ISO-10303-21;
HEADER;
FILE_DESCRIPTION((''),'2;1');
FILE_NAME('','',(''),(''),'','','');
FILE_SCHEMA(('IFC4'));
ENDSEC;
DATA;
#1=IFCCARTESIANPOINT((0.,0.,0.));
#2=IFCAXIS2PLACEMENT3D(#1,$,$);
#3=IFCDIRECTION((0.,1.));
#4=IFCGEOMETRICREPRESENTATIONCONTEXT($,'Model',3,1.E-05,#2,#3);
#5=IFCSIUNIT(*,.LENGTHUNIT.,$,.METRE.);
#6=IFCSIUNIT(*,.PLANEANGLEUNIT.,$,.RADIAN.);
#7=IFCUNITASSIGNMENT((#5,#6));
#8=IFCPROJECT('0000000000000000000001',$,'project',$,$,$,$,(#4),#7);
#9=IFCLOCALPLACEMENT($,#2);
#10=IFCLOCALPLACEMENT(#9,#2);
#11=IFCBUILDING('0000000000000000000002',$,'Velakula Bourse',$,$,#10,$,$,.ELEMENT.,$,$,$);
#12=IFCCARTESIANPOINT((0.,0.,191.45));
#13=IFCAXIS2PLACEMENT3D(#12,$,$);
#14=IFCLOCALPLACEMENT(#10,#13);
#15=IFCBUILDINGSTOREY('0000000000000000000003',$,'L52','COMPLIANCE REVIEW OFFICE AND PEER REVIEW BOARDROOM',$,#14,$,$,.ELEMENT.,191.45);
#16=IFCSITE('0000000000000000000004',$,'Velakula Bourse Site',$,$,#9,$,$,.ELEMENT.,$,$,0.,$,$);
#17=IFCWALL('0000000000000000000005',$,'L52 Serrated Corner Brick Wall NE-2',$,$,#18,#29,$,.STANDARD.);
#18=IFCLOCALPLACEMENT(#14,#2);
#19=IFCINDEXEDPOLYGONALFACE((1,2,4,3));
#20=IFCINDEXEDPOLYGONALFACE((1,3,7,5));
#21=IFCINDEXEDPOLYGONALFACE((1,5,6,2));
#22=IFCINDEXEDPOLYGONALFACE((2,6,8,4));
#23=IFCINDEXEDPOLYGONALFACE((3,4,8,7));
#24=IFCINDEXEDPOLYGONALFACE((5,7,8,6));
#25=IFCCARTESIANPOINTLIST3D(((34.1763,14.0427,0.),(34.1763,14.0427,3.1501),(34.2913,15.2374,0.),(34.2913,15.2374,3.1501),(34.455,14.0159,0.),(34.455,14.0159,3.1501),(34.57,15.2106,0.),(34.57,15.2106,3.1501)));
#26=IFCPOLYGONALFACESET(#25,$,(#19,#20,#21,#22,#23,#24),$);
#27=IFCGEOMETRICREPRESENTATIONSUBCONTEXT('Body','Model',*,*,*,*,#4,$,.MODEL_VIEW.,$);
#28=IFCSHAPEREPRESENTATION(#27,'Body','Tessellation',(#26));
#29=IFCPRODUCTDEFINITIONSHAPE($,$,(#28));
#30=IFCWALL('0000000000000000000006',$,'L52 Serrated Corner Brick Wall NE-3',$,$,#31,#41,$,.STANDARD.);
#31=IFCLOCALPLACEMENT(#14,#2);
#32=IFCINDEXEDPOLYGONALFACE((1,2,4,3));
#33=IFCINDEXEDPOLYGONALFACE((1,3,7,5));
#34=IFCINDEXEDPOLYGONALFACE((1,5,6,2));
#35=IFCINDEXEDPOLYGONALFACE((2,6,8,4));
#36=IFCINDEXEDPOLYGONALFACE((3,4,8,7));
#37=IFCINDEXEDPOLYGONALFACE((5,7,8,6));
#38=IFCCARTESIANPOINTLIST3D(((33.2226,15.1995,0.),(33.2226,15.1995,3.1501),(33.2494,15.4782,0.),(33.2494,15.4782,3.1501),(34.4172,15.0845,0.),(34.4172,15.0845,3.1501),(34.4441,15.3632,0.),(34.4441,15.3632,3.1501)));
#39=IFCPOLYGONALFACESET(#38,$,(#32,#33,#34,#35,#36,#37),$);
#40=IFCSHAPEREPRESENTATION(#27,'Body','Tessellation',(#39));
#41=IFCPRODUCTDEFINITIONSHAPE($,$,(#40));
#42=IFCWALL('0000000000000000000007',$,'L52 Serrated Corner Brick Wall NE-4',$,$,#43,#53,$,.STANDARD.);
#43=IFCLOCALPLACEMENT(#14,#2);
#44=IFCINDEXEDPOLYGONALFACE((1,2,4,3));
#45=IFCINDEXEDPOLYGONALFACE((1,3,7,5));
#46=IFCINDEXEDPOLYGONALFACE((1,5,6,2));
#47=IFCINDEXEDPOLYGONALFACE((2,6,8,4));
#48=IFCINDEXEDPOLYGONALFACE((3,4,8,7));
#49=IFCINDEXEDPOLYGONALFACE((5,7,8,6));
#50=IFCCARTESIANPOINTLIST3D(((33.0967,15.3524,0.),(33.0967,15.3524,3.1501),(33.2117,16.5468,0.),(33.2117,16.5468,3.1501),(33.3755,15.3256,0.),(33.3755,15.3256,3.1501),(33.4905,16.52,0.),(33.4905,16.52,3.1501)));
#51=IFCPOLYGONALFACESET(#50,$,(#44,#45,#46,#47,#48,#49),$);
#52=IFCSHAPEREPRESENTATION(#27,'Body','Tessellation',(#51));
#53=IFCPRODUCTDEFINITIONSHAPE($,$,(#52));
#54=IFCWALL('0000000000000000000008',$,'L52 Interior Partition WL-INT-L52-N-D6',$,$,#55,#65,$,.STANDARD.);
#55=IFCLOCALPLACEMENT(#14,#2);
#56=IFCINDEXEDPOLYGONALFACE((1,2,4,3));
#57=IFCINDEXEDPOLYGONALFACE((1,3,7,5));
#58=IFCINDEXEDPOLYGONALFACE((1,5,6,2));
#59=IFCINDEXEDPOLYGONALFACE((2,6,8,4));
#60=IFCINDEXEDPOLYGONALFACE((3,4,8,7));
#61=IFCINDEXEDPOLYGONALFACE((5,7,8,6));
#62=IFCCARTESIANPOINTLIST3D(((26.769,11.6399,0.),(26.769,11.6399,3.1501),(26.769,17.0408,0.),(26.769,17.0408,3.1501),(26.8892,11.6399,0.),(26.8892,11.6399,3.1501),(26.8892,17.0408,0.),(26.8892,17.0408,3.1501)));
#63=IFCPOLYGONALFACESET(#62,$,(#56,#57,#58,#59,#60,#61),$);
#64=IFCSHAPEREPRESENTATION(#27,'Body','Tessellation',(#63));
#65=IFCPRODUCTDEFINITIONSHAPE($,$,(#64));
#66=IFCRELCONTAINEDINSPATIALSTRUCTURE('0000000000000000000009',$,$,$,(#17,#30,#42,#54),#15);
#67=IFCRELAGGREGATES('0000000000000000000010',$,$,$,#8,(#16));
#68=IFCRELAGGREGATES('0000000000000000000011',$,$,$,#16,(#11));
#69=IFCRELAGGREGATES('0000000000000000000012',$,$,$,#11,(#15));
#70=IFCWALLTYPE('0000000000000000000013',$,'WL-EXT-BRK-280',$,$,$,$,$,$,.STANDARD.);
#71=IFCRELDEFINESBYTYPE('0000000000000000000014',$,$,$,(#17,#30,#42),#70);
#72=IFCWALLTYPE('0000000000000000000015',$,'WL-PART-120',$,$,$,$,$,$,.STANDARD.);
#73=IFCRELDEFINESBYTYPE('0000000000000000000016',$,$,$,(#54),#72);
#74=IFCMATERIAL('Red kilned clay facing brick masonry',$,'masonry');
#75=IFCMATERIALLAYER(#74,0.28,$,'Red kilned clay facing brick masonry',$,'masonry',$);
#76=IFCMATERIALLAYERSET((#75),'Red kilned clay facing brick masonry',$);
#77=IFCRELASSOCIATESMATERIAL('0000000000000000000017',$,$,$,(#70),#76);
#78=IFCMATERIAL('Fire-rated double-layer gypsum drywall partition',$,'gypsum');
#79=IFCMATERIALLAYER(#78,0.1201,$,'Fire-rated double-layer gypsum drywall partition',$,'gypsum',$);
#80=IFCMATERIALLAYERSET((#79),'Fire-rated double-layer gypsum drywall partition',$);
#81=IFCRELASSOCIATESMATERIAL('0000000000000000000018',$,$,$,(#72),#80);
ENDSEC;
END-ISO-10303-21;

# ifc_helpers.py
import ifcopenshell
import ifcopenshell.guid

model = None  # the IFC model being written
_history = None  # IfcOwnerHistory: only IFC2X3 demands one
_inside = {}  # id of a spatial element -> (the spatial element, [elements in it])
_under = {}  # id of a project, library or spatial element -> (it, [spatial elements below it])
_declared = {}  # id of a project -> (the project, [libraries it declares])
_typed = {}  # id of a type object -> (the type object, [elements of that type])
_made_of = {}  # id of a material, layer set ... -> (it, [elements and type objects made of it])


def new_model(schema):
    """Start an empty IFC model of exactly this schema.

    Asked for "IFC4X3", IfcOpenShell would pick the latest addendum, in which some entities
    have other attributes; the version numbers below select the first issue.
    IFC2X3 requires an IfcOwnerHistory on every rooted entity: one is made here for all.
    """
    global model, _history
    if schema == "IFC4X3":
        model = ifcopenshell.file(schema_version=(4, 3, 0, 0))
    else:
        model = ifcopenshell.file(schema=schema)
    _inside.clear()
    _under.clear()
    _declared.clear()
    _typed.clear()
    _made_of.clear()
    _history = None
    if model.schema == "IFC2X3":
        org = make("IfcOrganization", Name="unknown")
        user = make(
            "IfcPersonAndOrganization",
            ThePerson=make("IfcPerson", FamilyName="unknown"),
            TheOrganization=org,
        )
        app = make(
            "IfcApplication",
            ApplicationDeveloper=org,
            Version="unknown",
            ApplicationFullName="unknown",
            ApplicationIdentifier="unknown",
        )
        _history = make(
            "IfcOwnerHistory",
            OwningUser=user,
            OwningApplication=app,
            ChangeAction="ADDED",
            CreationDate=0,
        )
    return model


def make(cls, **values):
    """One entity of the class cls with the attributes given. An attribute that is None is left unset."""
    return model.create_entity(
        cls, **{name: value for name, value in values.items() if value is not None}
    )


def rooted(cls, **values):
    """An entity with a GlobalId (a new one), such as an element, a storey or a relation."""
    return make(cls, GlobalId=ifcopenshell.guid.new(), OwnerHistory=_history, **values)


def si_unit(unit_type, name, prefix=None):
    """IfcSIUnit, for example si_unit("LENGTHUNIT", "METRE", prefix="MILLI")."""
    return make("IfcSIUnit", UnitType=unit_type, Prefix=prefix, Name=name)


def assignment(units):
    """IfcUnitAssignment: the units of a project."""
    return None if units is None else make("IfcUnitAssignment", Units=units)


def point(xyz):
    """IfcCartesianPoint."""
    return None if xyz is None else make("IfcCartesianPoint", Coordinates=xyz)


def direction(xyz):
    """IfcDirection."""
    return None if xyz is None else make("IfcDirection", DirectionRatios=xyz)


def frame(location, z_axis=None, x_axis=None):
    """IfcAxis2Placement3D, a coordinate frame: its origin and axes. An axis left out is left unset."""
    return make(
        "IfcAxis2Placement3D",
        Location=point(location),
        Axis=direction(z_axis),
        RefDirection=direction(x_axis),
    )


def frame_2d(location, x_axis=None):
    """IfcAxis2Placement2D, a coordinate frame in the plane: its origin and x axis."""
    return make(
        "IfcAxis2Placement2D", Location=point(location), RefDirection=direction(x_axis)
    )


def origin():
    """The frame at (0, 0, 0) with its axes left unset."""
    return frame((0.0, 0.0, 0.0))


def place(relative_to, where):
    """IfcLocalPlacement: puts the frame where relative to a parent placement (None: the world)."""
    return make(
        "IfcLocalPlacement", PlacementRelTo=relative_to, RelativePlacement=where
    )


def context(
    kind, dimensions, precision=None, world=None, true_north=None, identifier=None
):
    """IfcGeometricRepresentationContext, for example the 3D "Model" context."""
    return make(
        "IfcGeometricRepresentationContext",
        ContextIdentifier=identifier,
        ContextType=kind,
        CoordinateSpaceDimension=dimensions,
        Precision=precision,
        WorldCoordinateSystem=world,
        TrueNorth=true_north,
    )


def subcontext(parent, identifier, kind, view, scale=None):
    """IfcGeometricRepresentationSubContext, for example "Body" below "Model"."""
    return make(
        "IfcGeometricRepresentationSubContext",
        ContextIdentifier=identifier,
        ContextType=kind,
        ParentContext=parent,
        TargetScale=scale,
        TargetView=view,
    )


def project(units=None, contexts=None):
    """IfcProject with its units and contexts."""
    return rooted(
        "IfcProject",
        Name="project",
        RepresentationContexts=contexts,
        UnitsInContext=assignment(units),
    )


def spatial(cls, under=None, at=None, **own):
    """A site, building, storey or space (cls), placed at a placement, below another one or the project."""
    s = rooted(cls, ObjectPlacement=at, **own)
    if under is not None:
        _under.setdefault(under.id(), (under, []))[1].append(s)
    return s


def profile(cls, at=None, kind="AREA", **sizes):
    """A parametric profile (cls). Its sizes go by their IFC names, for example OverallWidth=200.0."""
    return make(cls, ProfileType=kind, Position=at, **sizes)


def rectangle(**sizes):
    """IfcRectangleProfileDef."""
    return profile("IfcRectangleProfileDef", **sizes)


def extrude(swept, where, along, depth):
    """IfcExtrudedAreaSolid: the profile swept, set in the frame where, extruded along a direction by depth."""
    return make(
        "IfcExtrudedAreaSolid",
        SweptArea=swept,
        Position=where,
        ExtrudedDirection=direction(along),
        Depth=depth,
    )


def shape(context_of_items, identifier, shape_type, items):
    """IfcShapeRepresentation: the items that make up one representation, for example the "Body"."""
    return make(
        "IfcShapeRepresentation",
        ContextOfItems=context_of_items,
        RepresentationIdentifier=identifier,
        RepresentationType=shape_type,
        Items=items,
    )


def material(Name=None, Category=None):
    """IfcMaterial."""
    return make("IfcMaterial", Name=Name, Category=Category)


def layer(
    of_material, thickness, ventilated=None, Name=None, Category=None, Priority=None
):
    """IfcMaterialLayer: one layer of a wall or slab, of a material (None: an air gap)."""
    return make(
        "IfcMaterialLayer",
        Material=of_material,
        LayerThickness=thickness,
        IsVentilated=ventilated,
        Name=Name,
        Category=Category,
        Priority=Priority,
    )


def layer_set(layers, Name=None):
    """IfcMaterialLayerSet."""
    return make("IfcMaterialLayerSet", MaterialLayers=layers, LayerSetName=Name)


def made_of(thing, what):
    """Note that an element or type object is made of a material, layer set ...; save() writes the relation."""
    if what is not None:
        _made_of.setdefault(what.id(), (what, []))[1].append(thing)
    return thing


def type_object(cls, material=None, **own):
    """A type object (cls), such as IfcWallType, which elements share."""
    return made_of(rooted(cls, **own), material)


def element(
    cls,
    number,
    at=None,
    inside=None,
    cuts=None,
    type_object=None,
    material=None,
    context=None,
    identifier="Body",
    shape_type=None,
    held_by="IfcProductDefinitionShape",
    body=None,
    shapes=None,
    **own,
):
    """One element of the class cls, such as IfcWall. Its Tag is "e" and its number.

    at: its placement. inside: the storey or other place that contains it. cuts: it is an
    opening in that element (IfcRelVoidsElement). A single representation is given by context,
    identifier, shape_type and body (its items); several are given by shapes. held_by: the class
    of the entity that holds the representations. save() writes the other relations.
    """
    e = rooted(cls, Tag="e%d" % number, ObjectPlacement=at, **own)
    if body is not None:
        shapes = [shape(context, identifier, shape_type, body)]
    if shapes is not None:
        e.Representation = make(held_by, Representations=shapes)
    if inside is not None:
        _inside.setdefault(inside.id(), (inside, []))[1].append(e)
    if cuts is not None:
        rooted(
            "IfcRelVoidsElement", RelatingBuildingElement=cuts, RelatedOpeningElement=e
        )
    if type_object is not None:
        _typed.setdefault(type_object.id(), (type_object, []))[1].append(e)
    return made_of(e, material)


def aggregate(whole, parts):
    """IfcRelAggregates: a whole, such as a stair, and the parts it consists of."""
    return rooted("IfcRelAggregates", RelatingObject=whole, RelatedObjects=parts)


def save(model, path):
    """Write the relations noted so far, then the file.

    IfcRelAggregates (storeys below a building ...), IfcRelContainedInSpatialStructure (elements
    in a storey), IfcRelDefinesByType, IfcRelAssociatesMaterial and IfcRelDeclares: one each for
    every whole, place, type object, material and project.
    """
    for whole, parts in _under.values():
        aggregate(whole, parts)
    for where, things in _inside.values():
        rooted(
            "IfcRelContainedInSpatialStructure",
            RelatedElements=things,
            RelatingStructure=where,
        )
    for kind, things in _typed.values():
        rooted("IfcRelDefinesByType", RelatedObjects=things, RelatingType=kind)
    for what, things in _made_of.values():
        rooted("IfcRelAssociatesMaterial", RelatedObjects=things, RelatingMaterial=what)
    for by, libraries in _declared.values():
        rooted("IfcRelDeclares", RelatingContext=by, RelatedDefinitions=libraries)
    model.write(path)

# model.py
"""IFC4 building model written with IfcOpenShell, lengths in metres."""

from ifc_helpers import new_model, si_unit, direction, frame, frame_2d, origin, place, context, subcontext, project, spatial, rectangle, extrude, material, layer, layer_set, type_object, element, save


model = new_model("IFC4")

# Units and contexts
model_context = context("Model", 3, precision=1e-05, world=origin(), true_north=direction((0.0, 1.0)))
body_context = subcontext(model_context, "Body", "Model", "MODEL_VIEW")
ifc_project = project(units=[si_unit("LENGTHUNIT", "METRE"), si_unit("PLANEANGLEUNIT", "RADIAN")], contexts=[model_context])

# Site, building, storey
site_placement = place(None, origin())
site = spatial("IfcSite", under=ifc_project, at=site_placement, Name="Velakula Bourse Site", CompositionType="ELEMENT", RefElevation=0.0)
building_placement = place(site_placement, origin())
building = spatial("IfcBuilding", under=site, at=building_placement, Name="Velakula Bourse", CompositionType="ELEMENT")
storey_placement = place(building_placement, frame((0.0, 0.0, 191.45)))
storey = spatial("IfcBuildingStorey", under=building, at=storey_placement, Name="L52", Description="COMPLIANCE REVIEW OFFICE AND PEER REVIEW BOARDROOM", CompositionType="ELEMENT", Elevation=191.45)

# Shared definitions
ifc_material_1 = material(Name="Red kilned clay facing brick masonry", Category="masonry")
ifc_layer_1 = layer(ifc_material_1, 0.28, Name="Red kilned clay facing brick masonry", Category="masonry")
ifc_layer_set_1 = layer_set([ifc_layer_1], Name="Red kilned clay facing brick masonry")
wall_type_1 = type_object("IfcWallType", Name="WL-EXT-BRK-280", PredefinedType="STANDARD", material=ifc_layer_set_1)

# Walls
for number, where, z_axis, x_axis, name in (
    (1, (34.3157, 14.0293, 0.0), (0.0, 0.0, 1.0), (0.095817, 0.995399, 0.0), "L52 Serrated Corner Brick Wall NE-2"),
    (2, (34.4307, 15.2239, 0.0), (0.0, 0.0, 1.0), (-0.995399, 0.095817, 0.0), "L52 Serrated Corner Brick Wall NE-3"),
):
    element("IfcWall", number, at=place(storey_placement, frame(where, z_axis=z_axis, x_axis=x_axis)), inside=storey, type_object=wall_type_1, Name=name, PredefinedType="STANDARD", context=body_context, shape_type="SweptSolid", body=[
        extrude(rectangle(XDim=1.2002, YDim=0.28, at=frame_2d((0.6001, 0.0))), origin(), (0.0, 0.0, 1.0), 3.1501),
    ])
wall_1_placement = place(storey_placement, frame((33.2361, 15.3389, 0.0), z_axis=(0.0, 0.0, 1.0), x_axis=(0.095836, 0.995397, 0.0)))
element("IfcWall", 3, at=wall_1_placement, inside=storey, type_object=wall_type_1, Name="L52 Serrated Corner Brick Wall NE-4", PredefinedType="STANDARD", context=body_context, shape_type="SweptSolid", body=[
    extrude(rectangle(XDim=1.2, YDim=0.28, at=frame_2d((0.6001, 0.0))), origin(), (0.0, 0.0, 1.0), 3.1501),
])
ifc_material_2 = material(Name="Fire-rated double-layer gypsum drywall partition", Category="gypsum")
ifc_layer_2 = layer(ifc_material_2, 0.1201, Name="Fire-rated double-layer gypsum drywall partition", Category="gypsum")
ifc_layer_set_2 = layer_set([ifc_layer_2], Name="Fire-rated double-layer gypsum drywall partition")
wall_type_2 = type_object("IfcWallType", Name="WL-PART-120", PredefinedType="STANDARD", material=ifc_layer_set_2)
wall_2_placement = place(storey_placement, frame((26.8291, 11.6399, 0.0), z_axis=(0.0, 0.0, 1.0), x_axis=(0.0, 1.0, 0.0)))
element("IfcWall", 4, at=wall_2_placement, inside=storey, type_object=wall_type_2, Name="L52 Interior Partition WL-INT-L52-N-D6", PredefinedType="STANDARD", context=body_context, shape_type="SweptSolid", body=[
    extrude(rectangle(XDim=5.4009, YDim=0.1201, at=frame_2d((2.7004, 0.0))), origin(), (0.0, 0.0, 1.0), 3.1501),
])

save(model, "model.ifc")
